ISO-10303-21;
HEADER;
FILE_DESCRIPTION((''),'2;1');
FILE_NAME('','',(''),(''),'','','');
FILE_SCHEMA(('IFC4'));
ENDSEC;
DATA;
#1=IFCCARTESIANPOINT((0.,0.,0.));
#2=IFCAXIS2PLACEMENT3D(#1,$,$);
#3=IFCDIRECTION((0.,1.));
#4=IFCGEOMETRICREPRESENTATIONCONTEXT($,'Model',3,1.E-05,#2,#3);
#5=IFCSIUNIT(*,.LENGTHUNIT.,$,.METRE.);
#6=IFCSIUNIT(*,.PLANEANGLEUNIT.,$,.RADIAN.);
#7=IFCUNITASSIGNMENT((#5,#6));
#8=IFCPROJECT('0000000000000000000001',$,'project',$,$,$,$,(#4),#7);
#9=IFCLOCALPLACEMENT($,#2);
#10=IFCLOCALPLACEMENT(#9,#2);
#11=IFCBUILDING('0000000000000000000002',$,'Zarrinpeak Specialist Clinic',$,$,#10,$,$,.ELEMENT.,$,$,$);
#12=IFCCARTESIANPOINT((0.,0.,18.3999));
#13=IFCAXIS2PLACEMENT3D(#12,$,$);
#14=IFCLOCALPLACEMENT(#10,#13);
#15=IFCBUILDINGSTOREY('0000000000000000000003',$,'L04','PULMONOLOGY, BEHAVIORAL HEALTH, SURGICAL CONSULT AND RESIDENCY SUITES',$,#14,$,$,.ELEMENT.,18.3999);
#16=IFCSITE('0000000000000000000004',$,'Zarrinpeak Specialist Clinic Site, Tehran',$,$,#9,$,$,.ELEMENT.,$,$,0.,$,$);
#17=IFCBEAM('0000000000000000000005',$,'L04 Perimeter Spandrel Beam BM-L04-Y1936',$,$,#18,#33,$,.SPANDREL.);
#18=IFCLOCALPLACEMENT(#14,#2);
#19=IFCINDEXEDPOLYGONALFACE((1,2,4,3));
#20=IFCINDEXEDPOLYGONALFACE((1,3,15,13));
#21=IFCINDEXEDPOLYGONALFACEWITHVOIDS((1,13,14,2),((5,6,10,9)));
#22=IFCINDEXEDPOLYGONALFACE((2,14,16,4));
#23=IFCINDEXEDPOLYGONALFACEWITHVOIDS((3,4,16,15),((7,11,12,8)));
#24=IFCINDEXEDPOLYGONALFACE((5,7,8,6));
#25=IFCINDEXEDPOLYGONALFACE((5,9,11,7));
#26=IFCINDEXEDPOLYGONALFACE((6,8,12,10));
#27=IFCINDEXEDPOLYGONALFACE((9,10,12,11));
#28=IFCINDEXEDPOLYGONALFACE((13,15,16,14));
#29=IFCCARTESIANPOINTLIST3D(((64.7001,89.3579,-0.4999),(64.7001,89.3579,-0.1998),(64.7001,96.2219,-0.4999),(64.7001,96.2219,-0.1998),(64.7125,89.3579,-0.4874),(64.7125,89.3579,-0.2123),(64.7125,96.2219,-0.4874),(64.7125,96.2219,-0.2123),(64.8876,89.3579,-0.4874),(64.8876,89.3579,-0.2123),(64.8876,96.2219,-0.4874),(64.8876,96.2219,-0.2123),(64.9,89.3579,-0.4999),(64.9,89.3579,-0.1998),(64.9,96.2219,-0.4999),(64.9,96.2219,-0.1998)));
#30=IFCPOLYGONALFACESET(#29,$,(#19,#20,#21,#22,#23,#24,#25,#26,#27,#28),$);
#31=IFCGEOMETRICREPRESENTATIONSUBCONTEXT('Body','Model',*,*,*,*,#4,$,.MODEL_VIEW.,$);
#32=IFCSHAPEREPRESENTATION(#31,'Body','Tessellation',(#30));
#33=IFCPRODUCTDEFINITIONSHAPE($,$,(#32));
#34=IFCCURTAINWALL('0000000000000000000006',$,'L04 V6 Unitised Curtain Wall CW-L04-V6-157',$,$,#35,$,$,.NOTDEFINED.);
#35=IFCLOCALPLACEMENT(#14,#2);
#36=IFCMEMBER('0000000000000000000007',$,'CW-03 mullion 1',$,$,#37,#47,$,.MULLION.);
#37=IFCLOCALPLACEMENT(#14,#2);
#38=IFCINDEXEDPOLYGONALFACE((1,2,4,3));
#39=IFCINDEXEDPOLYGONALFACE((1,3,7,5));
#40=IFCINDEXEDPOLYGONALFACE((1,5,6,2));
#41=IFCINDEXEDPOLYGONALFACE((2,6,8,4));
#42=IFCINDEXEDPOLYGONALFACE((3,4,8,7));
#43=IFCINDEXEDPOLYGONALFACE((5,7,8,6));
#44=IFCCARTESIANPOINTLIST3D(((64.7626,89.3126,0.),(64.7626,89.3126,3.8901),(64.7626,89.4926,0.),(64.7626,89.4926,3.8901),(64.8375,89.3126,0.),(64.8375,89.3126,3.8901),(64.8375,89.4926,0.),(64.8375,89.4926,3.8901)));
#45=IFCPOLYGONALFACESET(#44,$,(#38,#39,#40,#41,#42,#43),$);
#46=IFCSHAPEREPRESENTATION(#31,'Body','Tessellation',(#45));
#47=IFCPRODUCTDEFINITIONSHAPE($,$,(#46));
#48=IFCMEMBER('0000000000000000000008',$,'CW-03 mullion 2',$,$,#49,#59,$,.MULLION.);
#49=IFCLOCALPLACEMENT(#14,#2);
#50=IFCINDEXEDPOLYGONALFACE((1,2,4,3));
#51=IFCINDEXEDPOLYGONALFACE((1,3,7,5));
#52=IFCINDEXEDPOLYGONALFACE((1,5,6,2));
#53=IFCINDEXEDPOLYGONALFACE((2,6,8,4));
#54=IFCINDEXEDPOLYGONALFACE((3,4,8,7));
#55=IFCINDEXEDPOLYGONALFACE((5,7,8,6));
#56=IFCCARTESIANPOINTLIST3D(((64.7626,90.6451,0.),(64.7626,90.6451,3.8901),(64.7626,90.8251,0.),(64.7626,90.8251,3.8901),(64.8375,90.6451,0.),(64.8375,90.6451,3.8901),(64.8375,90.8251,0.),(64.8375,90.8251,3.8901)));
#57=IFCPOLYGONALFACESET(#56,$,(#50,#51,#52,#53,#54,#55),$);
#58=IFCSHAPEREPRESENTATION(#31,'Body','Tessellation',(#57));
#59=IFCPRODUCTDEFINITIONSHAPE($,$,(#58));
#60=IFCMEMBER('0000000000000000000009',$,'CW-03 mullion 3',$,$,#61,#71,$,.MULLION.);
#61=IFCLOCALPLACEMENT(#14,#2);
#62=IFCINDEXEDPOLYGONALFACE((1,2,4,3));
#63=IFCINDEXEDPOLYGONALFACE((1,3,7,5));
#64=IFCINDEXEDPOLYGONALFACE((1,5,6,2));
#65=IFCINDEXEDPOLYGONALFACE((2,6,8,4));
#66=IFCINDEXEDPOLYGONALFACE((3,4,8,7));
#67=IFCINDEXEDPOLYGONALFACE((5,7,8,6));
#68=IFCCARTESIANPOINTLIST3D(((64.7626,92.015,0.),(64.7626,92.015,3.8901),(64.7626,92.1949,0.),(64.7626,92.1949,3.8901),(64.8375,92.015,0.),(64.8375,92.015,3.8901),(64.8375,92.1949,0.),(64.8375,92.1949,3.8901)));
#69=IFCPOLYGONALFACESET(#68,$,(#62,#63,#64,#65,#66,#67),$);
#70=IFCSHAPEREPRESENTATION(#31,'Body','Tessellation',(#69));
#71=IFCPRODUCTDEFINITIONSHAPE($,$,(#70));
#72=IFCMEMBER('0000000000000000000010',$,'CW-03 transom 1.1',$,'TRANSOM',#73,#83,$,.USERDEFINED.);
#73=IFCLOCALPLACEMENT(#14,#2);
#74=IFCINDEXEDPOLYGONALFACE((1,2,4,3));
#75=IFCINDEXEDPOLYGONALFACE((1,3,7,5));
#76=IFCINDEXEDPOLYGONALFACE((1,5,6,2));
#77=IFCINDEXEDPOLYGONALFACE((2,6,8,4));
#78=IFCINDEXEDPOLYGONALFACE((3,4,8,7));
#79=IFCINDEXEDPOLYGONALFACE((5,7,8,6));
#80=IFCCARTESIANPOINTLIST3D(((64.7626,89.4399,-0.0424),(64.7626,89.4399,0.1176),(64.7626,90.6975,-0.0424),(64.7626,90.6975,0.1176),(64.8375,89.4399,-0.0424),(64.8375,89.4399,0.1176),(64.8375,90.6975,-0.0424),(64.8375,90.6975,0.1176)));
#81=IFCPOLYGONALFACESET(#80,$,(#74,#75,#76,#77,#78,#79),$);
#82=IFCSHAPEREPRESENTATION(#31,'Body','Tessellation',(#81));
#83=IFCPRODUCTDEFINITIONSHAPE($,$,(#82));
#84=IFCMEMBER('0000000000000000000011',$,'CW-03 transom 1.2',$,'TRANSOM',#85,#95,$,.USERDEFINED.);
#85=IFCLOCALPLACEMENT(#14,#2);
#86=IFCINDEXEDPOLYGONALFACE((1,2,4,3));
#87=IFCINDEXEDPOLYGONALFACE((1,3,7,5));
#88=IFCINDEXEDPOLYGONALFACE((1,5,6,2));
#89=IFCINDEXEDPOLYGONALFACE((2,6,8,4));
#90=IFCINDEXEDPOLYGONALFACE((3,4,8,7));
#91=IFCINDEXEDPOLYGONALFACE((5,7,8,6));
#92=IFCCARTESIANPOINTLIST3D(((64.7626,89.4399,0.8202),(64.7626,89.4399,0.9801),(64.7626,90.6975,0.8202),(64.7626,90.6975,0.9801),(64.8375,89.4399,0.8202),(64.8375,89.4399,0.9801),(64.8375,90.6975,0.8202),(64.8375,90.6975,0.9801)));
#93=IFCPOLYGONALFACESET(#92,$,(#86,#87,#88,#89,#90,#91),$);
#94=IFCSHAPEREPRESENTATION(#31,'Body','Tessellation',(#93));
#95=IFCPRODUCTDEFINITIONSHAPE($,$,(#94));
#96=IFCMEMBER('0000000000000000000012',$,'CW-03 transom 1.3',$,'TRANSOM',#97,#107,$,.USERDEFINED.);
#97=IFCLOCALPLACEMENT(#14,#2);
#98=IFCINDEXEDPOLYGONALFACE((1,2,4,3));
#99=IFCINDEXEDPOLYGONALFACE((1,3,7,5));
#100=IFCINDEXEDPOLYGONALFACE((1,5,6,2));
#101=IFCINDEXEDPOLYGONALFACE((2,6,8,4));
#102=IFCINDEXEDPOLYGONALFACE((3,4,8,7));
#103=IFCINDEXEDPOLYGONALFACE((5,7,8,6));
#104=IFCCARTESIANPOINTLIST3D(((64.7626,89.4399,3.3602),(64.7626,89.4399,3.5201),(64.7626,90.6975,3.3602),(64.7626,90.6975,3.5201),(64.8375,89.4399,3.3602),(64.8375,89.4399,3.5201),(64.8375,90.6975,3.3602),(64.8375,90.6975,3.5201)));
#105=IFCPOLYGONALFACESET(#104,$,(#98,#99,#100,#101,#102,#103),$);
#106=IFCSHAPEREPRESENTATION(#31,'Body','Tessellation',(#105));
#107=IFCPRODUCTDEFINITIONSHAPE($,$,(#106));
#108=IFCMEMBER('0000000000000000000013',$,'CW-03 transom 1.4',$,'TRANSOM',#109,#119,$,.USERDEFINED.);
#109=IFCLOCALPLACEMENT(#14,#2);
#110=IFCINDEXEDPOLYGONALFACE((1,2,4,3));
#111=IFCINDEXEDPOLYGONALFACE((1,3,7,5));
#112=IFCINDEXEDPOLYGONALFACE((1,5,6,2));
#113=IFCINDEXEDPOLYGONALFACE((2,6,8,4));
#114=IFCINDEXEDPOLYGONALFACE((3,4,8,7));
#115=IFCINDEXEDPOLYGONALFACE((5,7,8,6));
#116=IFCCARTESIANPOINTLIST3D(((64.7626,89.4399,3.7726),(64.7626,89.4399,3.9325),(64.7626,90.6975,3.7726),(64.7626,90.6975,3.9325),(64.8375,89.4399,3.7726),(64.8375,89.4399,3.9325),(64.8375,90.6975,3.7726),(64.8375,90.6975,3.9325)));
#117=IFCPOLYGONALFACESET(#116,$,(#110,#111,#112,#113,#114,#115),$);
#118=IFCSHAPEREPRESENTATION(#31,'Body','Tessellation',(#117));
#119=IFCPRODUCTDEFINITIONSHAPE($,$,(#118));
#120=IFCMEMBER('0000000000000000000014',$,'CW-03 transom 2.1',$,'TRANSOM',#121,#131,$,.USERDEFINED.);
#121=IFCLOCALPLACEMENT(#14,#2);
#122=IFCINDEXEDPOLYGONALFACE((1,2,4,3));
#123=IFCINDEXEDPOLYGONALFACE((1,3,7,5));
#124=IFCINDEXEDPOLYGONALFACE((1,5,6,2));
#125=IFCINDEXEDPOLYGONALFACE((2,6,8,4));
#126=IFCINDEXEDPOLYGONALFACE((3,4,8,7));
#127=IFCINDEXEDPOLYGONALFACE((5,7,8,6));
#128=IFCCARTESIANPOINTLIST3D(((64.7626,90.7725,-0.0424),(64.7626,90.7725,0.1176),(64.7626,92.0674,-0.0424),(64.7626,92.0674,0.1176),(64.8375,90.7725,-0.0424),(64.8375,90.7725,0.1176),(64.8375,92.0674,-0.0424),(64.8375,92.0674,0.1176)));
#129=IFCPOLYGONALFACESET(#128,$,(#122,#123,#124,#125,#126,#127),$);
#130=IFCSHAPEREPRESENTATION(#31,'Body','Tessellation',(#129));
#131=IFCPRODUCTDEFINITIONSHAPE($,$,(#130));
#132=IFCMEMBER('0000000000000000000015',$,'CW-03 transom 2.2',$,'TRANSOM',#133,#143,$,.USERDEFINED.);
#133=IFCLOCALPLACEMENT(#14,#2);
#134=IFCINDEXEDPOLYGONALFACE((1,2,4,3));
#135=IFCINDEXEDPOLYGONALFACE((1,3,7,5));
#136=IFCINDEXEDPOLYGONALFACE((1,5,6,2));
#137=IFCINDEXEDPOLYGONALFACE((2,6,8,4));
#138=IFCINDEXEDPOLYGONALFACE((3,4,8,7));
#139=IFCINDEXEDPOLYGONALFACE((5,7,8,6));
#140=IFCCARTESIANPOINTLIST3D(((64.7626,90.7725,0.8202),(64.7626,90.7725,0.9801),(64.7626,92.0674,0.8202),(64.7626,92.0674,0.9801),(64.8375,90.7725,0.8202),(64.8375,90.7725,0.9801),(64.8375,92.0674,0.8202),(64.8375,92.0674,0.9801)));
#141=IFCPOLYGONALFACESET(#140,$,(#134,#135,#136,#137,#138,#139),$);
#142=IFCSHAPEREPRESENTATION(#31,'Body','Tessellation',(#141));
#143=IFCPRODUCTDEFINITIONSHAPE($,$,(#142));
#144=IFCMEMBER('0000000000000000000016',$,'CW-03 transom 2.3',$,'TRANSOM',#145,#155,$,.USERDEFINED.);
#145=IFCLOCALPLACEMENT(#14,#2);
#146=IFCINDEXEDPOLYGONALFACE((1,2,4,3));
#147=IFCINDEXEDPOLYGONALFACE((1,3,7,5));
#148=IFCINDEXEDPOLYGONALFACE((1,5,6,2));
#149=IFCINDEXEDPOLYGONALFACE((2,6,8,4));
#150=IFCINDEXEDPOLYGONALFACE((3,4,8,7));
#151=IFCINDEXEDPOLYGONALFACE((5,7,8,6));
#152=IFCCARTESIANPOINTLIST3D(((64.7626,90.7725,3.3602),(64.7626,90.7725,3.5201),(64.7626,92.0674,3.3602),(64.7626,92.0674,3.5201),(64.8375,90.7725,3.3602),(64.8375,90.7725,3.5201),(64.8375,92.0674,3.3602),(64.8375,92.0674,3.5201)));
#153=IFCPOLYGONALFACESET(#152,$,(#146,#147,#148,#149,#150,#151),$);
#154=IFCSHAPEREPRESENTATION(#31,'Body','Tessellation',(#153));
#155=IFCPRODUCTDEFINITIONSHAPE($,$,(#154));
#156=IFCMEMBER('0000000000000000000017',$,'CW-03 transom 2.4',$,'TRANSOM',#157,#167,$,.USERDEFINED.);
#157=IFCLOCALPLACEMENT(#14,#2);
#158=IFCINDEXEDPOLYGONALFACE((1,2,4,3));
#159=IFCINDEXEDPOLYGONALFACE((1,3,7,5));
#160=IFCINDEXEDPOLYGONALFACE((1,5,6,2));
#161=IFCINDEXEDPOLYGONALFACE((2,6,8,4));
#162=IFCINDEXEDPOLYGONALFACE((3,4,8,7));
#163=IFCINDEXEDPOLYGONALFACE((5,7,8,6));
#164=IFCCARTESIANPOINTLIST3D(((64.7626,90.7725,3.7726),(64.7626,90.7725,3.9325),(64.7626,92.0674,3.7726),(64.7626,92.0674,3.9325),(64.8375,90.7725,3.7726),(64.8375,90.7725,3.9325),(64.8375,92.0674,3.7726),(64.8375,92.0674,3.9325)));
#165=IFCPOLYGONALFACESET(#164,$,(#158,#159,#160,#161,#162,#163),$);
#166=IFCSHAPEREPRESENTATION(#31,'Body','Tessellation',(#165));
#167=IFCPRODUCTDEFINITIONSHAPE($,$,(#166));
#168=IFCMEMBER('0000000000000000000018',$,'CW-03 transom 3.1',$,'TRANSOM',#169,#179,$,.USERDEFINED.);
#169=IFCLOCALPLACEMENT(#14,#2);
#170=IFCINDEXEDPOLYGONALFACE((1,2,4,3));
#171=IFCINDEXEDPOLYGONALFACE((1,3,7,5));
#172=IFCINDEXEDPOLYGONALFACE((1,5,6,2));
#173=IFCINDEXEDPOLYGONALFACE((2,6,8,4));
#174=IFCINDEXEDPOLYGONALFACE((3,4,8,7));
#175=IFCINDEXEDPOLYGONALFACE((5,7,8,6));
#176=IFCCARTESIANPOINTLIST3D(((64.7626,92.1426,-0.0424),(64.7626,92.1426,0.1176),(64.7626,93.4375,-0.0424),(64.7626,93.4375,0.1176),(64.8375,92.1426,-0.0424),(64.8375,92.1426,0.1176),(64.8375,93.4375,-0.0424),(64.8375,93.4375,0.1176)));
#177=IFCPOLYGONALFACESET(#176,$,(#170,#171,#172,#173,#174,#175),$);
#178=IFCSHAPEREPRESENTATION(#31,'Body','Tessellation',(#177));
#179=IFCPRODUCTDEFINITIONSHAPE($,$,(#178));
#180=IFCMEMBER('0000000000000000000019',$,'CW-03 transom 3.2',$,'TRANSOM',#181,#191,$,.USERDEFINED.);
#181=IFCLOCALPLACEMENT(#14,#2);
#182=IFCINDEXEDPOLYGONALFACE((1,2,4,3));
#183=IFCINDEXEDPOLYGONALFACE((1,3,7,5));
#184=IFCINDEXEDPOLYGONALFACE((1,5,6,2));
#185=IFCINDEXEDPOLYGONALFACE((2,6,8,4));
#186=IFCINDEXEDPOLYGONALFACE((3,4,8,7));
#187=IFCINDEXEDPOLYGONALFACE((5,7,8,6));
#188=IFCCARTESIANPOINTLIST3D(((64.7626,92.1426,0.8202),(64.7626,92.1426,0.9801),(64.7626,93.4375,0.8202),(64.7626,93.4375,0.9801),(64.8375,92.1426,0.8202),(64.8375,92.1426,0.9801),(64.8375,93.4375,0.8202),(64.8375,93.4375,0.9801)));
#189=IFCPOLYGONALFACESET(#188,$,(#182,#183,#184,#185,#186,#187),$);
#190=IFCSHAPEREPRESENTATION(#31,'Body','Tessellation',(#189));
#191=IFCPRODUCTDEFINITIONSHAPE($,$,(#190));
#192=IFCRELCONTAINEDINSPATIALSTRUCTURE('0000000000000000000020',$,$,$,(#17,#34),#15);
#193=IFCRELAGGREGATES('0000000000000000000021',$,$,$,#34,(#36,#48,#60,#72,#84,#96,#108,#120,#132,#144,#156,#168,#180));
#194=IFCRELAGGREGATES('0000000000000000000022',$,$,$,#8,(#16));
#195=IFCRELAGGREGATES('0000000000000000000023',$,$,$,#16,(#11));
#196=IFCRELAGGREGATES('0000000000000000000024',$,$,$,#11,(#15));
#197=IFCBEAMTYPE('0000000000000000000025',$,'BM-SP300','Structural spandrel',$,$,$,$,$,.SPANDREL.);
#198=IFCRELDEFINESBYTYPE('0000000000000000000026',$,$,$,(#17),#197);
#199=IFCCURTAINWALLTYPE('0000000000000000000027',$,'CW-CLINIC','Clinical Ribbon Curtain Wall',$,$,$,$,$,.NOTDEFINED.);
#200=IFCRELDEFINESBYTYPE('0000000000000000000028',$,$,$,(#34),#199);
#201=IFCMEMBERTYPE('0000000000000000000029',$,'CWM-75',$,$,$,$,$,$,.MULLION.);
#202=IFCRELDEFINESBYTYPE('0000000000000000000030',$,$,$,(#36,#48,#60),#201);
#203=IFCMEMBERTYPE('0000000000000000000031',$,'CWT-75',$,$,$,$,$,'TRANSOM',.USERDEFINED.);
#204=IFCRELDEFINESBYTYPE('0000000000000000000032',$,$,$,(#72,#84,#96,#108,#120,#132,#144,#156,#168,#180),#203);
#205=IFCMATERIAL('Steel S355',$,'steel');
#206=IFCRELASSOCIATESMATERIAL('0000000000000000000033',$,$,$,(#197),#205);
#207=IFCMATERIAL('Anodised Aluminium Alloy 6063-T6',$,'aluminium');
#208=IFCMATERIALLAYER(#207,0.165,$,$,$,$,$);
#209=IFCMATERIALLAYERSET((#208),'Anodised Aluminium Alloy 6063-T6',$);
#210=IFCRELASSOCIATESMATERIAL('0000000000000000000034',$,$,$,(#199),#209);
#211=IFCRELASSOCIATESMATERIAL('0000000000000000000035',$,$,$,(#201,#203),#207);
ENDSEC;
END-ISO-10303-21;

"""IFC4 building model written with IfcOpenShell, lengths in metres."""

from ifc_helpers import new_model, si_unit, direction, frame, origin, origin_2d, place, context, subcontext, project, spatial, rectangle, hollow_rectangle, extrude, material, layer, layer_set, material_profile, profile_set, type_object, element, aggregate, save


model = new_model("IFC4")

# Units and contexts
model_context = context("Model", 3, precision=1e-05, world=origin(), true_north=direction((0.0, 1.0)))
body_context = subcontext(model_context, "Body", "Model", "MODEL_VIEW")
ifc_project = project(units=[si_unit("LENGTHUNIT", "METRE"), si_unit("PLANEANGLEUNIT", "RADIAN")], contexts=[model_context])

# Site, building, storey
site_placement = place(None, origin())
site = spatial("IfcSite", under=ifc_project, at=site_placement, Name="Zarrinpeak Specialist Clinic Site, Tehran", CompositionType="ELEMENT", RefElevation=0.0)
building_placement = place(site_placement, origin())
building = spatial("IfcBuilding", under=site, at=building_placement, Name="Zarrinpeak Specialist Clinic", CompositionType="ELEMENT")
storey_placement = place(building_placement, frame((0.0, 0.0, 18.3999)))
storey = spatial("IfcBuildingStorey", under=building, at=storey_placement, Name="L04", Description="PULMONOLOGY, BEHAVIORAL HEALTH, SURGICAL CONSULT AND RESIDENCY SUITES", CompositionType="ELEMENT", Elevation=18.3999)

# Beam
ifc_material_1 = material(Name="Steel S355", Category="steel")
ifc_material_profile_1 = material_profile(ifc_material_1, hollow_rectangle(XDim=0.2, YDim=0.3, WallThickness=0.0125, at=origin_2d()), Name="RHS 300x200x12.5")
ifc_profile_set_1 = profile_set([ifc_material_profile_1], Name="Steel S355")
beam_type = type_object("IfcBeamType", Name="BM-SP300", Description="Structural spandrel", PredefinedType="SPANDREL", material=ifc_profile_set_1)
beam_placement = place(storey_placement, frame((64.8, 89.3579, -0.3499), z_axis=(0.0, 1.0, 0.0), x_axis=(-1.0, 0.0, 0.0)))
element("IfcBeam", 1, at=beam_placement, inside=storey, type_object=beam_type, Name="L04 Perimeter Spandrel Beam BM-L04-Y1936", PredefinedType="SPANDREL", context=body_context, shape_type="SweptSolid", body=[
    extrude(hollow_rectangle(XDim=0.2, YDim=0.3, WallThickness=0.0125, at=origin_2d()), origin(), (0.0, 0.0, 1.0), 6.864),
])

# Curtain wall, members
ifc_material_2 = material(Name="Anodised Aluminium Alloy 6063-T6", Category="aluminium")
ifc_layer_1 = layer(ifc_material_2, 0.165)
ifc_layer_set_1 = layer_set([ifc_layer_1], Name="Anodised Aluminium Alloy 6063-T6")
curtain_wall_type = type_object("IfcCurtainWallType", Name="CW-CLINIC", Description="Clinical Ribbon Curtain Wall", PredefinedType="NOTDEFINED", material=ifc_layer_set_1)
curtain_wall_placement = place(storey_placement, origin())
curtain_wall = element("IfcCurtainWall", 2, at=curtain_wall_placement, inside=storey, type_object=curtain_wall_type, Name="L04 V6 Unitised Curtain Wall CW-L04-V6-157", PredefinedType="NOTDEFINED")
ifc_material_profile_2 = material_profile(ifc_material_2, rectangle(XDim=0.075, YDim=0.1799, at=origin_2d()), Name="ALU 75x180")
ifc_profile_set_2 = profile_set([ifc_material_profile_2], Name="Anodised Aluminium Alloy 6063-T6")
member_type_1 = type_object("IfcMemberType", Name="CWM-75", PredefinedType="MULLION", material=ifc_profile_set_2)
member_1_placement = place(storey_placement, frame((64.8, 89.4026, 0.0), z_axis=(0.0, 0.0, 1.0), x_axis=(-1.0, 0.0, 0.0)))
member_1 = element("IfcMember", 3, at=member_1_placement, type_object=member_type_1, Name="CW-03 mullion 1", PredefinedType="MULLION", context=body_context, shape_type="SweptSolid", body=[
    extrude(rectangle(XDim=0.075, YDim=0.1799, at=origin_2d()), origin(), (0.0, 0.0, 1.0), 3.8901),
])
member_2_placement = place(storey_placement, frame((64.8, 90.7351, 0.0), z_axis=(0.0, 0.0, 1.0), x_axis=(-1.0, 0.0, 0.0)))
member_2 = element("IfcMember", 4, at=member_2_placement, type_object=member_type_1, Name="CW-03 mullion 2", PredefinedType="MULLION", context=body_context, shape_type="SweptSolid", body=[
    extrude(rectangle(XDim=0.075, YDim=0.1799, at=origin_2d()), origin(), (0.0, 0.0, 1.0), 3.8901),
])
member_3_placement = place(storey_placement, frame((64.8, 92.105, 0.0), z_axis=(0.0, 0.0, 1.0), x_axis=(-1.0, 0.0, 0.0)))
member_3 = element("IfcMember", 5, at=member_3_placement, type_object=member_type_1, Name="CW-03 mullion 3", PredefinedType="MULLION", context=body_context, shape_type="SweptSolid", body=[
    extrude(rectangle(XDim=0.075, YDim=0.1799, at=origin_2d()), origin(), (0.0, 0.0, 1.0), 3.8901),
])
ifc_material_profile_3 = material_profile(ifc_material_2, rectangle(XDim=0.075, YDim=0.1599, at=origin_2d()), Name="ALU 75x160")
ifc_profile_set_3 = profile_set([ifc_material_profile_3], Name="Anodised Aluminium Alloy 6063-T6")
member_type_2 = type_object("IfcMemberType", Name="CWT-75", ElementType="TRANSOM", PredefinedType="USERDEFINED", material=ifc_profile_set_3)
member_4_placement = place(storey_placement, frame((64.8, 89.4399, 0.0376), z_axis=(0.0, 1.0, 0.0), x_axis=(-1.0, 0.0, 0.0)))
member_4 = element("IfcMember", 6, at=member_4_placement, type_object=member_type_2, Name="CW-03 transom 1.1", ObjectType="TRANSOM", PredefinedType="USERDEFINED", context=body_context, shape_type="SweptSolid", body=[
    extrude(rectangle(XDim=0.075, YDim=0.1599, at=origin_2d()), origin(), (0.0, 0.0, 1.0), 1.2576),
])
member_5_placement = place(storey_placement, frame((64.8, 89.4399, 0.9001), z_axis=(0.0, 1.0, 0.0), x_axis=(-1.0, 0.0, 0.0)))
member_5 = element("IfcMember", 7, at=member_5_placement, type_object=member_type_2, Name="CW-03 transom 1.2", ObjectType="TRANSOM", PredefinedType="USERDEFINED", context=body_context, shape_type="SweptSolid", body=[
    extrude(rectangle(XDim=0.075, YDim=0.1599, at=origin_2d()), origin(), (0.0, 0.0, 1.0), 1.2576),
])
member_6_placement = place(storey_placement, frame((64.8, 89.4399, 3.4402), z_axis=(0.0, 1.0, 0.0), x_axis=(-1.0, 0.0, 0.0)))
member_6 = element("IfcMember", 8, at=member_6_placement, type_object=member_type_2, Name="CW-03 transom 1.3", ObjectType="TRANSOM", PredefinedType="USERDEFINED", context=body_context, shape_type="SweptSolid", body=[
    extrude(rectangle(XDim=0.075, YDim=0.1599, at=origin_2d()), origin(), (0.0, 0.0, 1.0), 1.2576),
])
member_7_placement = place(storey_placement, frame((64.8, 89.4399, 3.8525), z_axis=(0.0, 1.0, 0.0), x_axis=(-1.0, 0.0, 0.0)))
member_7 = element("IfcMember", 9, at=member_7_placement, type_object=member_type_2, Name="CW-03 transom 1.4", ObjectType="TRANSOM", PredefinedType="USERDEFINED", context=body_context, shape_type="SweptSolid", body=[
    extrude(rectangle(XDim=0.075, YDim=0.1599, at=origin_2d()), origin(), (0.0, 0.0, 1.0), 1.2576),
])
member_8_placement = place(storey_placement, frame((64.8, 90.7725, 0.0376), z_axis=(0.0, 1.0, 0.0), x_axis=(-1.0, 0.0, 0.0)))
member_8 = element("IfcMember", 10, at=member_8_placement, type_object=member_type_2, Name="CW-03 transom 2.1", ObjectType="TRANSOM", PredefinedType="USERDEFINED", context=body_context, shape_type="SweptSolid", body=[
    extrude(rectangle(XDim=0.075, YDim=0.1599, at=origin_2d()), origin(), (0.0, 0.0, 1.0), 1.2949),
])
member_9_placement = place(storey_placement, frame((64.8, 90.7725, 0.9001), z_axis=(0.0, 1.0, 0.0), x_axis=(-1.0, 0.0, 0.0)))
member_9 = element("IfcMember", 11, at=member_9_placement, type_object=member_type_2, Name="CW-03 transom 2.2", ObjectType="TRANSOM", PredefinedType="USERDEFINED", context=body_context, shape_type="SweptSolid", body=[
    extrude(rectangle(XDim=0.075, YDim=0.1599, at=origin_2d()), origin(), (0.0, 0.0, 1.0), 1.2949),
])
member_10_placement = place(storey_placement, frame((64.8, 90.7725, 3.4402), z_axis=(0.0, 1.0, 0.0), x_axis=(-1.0, 0.0, 0.0)))
member_10 = element("IfcMember", 12, at=member_10_placement, type_object=member_type_2, Name="CW-03 transom 2.3", ObjectType="TRANSOM", PredefinedType="USERDEFINED", context=body_context, shape_type="SweptSolid", body=[
    extrude(rectangle(XDim=0.075, YDim=0.1599, at=origin_2d()), origin(), (0.0, 0.0, 1.0), 1.2949),
])
member_11_placement = place(storey_placement, frame((64.8, 90.7725, 3.8525), z_axis=(0.0, 1.0, 0.0), x_axis=(-1.0, 0.0, 0.0)))
member_11 = element("IfcMember", 13, at=member_11_placement, type_object=member_type_2, Name="CW-03 transom 2.4", ObjectType="TRANSOM", PredefinedType="USERDEFINED", context=body_context, shape_type="SweptSolid", body=[
    extrude(rectangle(XDim=0.075, YDim=0.1599, at=origin_2d()), origin(), (0.0, 0.0, 1.0), 1.2949),
])
member_12_placement = place(storey_placement, frame((64.8, 92.1426, 0.0376), z_axis=(0.0, 1.0, 0.0), x_axis=(-1.0, 0.0, 0.0)))
member_12 = element("IfcMember", 14, at=member_12_placement, type_object=member_type_2, Name="CW-03 transom 3.1", ObjectType="TRANSOM", PredefinedType="USERDEFINED", context=body_context, shape_type="SweptSolid", body=[
    extrude(rectangle(XDim=0.075, YDim=0.1599, at=origin_2d()), origin(), (0.0, 0.0, 1.0), 1.2949),
])
member_13_placement = place(storey_placement, frame((64.8, 92.1426, 0.9001), z_axis=(0.0, 1.0, 0.0), x_axis=(-1.0, 0.0, 0.0)))
member_13 = element("IfcMember", 15, at=member_13_placement, type_object=member_type_2, Name="CW-03 transom 3.2", ObjectType="TRANSOM", PredefinedType="USERDEFINED", context=body_context, shape_type="SweptSolid", body=[
    extrude(rectangle(XDim=0.075, YDim=0.1599, at=origin_2d()), origin(), (0.0, 0.0, 1.0), 1.2949),
])
aggregate(curtain_wall, [member_1, member_2, member_3, member_4, member_5, member_6, member_7, member_8, member_9, member_10, member_11, member_12, member_13])

save(model, "model.ifc")
